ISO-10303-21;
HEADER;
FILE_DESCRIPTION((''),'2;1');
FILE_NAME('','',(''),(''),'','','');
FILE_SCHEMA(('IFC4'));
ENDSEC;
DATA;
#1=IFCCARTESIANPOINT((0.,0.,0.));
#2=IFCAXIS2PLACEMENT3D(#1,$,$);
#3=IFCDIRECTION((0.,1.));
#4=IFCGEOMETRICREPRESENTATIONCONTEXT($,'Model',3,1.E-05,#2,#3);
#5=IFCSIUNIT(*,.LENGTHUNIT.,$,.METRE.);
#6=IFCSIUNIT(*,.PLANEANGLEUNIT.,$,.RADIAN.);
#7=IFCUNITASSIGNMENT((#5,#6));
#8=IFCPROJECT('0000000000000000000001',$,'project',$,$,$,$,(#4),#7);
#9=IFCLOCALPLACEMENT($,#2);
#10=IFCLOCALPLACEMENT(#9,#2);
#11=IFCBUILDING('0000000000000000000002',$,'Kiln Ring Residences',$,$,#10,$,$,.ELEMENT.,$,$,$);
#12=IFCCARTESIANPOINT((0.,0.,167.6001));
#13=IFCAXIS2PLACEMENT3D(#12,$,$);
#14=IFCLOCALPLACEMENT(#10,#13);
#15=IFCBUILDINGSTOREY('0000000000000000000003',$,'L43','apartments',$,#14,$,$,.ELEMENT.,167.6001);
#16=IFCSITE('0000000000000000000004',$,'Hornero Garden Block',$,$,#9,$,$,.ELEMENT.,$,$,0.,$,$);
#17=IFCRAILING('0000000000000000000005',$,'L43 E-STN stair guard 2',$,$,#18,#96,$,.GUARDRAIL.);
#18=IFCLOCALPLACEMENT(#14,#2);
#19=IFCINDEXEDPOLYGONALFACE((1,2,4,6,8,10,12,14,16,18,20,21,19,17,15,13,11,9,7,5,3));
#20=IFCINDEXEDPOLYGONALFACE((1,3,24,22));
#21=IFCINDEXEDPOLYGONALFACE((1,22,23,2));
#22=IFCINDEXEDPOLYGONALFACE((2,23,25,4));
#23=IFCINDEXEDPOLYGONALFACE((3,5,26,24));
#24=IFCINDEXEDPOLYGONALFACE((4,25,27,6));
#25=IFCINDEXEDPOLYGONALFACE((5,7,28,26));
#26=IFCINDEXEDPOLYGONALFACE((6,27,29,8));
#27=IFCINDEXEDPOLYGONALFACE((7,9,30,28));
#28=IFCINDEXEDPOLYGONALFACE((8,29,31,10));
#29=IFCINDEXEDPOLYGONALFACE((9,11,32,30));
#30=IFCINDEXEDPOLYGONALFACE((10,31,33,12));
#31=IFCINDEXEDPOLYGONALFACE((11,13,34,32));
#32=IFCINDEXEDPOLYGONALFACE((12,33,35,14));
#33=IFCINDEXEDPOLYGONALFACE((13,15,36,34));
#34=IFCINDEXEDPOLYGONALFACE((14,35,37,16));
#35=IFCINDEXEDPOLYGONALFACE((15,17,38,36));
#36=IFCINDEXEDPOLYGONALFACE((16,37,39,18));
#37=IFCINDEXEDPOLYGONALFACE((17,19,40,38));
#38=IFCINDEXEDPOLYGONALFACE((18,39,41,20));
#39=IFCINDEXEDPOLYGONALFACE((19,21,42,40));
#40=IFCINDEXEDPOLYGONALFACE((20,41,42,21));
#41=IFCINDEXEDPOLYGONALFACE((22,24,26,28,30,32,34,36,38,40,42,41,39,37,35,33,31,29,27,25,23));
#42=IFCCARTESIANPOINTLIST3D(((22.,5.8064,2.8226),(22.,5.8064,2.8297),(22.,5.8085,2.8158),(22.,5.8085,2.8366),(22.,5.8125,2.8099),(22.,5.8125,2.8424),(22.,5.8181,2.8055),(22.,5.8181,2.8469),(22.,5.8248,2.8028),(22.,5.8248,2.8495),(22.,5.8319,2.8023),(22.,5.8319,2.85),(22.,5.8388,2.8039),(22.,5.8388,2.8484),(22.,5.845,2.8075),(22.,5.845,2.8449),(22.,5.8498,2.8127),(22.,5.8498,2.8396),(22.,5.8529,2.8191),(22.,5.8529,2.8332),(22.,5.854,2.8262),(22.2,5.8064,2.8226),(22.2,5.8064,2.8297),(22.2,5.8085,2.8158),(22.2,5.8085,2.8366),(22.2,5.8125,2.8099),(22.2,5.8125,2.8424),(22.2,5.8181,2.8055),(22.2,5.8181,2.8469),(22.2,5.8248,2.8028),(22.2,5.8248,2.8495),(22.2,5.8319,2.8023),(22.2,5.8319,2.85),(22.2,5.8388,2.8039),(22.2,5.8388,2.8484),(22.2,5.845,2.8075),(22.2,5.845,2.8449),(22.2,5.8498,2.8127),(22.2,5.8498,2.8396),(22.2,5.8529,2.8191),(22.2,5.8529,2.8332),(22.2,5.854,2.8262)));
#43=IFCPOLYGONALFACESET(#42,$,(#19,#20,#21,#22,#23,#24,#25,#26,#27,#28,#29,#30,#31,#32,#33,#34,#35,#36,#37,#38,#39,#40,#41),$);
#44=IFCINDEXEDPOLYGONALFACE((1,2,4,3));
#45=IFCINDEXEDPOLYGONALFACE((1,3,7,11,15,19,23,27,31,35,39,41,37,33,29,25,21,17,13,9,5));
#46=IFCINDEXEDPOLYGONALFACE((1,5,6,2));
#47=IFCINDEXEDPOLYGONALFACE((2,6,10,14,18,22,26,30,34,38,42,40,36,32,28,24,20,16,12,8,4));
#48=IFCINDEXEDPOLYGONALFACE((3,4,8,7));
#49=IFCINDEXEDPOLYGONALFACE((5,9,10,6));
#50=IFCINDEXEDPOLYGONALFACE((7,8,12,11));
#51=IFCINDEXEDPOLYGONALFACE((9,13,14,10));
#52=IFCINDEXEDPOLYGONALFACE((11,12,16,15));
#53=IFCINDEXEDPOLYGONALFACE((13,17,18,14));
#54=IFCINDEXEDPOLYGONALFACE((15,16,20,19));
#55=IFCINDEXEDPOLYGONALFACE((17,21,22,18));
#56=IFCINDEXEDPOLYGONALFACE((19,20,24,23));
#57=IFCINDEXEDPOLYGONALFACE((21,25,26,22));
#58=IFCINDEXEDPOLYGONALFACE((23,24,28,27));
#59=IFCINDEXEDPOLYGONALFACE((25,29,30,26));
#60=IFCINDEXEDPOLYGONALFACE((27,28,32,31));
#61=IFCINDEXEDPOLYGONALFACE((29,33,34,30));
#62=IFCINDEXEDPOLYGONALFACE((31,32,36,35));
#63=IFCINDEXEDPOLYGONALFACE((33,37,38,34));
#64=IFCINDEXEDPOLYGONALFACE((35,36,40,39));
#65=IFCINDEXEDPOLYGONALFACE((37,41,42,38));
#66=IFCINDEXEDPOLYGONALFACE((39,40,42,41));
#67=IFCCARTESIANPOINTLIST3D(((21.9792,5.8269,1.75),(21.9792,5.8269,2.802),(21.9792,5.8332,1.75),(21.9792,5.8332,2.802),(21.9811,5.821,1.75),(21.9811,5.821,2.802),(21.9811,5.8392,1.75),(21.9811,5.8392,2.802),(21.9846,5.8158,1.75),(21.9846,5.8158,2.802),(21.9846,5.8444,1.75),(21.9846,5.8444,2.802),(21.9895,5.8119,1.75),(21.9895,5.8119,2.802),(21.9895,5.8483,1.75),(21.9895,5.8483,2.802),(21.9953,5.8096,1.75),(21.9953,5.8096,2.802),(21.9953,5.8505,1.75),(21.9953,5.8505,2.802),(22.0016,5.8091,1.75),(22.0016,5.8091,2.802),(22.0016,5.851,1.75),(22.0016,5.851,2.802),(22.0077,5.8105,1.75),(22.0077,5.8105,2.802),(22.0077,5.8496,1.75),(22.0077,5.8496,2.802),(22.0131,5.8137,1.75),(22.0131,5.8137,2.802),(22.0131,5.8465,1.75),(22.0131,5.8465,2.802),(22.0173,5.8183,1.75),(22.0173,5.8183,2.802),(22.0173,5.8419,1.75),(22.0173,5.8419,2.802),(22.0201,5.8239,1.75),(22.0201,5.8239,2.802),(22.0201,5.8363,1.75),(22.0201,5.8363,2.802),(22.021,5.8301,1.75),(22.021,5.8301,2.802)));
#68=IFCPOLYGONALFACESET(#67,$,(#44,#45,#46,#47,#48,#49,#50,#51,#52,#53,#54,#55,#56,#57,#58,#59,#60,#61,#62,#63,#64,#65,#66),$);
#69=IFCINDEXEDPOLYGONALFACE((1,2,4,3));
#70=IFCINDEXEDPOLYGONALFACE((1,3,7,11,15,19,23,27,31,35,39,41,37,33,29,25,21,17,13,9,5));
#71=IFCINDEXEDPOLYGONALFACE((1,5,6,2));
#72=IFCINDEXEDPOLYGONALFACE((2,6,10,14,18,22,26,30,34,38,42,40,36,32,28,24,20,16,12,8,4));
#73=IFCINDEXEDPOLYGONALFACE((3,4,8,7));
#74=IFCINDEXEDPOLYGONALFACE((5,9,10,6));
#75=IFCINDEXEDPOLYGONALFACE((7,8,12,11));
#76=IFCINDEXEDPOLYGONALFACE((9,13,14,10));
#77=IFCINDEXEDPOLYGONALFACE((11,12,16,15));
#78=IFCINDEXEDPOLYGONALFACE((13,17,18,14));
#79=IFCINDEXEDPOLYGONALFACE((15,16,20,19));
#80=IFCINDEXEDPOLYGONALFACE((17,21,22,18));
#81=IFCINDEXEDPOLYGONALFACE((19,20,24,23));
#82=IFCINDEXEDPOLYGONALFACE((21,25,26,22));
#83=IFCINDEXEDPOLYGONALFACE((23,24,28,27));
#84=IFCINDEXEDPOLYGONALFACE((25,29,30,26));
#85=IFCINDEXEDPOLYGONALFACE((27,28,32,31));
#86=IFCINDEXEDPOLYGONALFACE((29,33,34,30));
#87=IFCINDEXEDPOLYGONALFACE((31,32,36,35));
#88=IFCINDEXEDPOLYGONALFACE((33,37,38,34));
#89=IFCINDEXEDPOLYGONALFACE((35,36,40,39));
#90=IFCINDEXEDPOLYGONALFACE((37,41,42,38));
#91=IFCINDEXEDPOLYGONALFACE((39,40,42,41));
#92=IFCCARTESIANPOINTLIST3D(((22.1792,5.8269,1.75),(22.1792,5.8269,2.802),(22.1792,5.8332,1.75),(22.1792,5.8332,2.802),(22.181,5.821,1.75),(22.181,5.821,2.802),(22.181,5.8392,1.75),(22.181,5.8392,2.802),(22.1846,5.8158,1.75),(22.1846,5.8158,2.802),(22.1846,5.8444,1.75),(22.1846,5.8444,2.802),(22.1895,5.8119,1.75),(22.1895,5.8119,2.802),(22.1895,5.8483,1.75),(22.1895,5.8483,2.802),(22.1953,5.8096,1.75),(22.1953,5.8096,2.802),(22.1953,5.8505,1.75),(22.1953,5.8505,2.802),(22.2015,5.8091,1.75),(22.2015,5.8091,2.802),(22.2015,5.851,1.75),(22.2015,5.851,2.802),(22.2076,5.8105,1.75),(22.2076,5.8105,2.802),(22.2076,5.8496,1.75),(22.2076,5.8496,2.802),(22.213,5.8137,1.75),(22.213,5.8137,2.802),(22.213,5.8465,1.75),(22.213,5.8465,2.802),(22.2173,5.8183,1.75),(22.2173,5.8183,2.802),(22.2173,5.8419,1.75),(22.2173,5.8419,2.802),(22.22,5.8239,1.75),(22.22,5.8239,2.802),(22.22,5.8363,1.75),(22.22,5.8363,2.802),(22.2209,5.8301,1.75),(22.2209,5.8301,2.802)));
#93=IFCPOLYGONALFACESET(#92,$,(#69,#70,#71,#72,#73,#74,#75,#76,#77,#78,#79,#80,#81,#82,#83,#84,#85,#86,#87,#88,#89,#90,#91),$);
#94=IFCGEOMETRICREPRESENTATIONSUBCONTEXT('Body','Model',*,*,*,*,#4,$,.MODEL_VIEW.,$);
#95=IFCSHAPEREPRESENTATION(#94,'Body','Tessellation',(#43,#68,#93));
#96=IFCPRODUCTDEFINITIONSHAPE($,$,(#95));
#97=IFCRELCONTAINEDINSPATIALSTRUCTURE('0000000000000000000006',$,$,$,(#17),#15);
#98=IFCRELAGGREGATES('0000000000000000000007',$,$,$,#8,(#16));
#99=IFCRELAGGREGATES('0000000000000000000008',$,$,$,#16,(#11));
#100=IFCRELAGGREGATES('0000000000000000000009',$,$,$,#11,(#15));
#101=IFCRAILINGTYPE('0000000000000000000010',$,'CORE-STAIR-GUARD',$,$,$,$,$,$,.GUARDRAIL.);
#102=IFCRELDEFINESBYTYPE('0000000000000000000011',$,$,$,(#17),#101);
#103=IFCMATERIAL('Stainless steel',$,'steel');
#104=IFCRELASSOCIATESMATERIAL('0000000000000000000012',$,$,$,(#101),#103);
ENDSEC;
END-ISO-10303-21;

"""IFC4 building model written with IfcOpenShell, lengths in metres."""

from ifc_helpers import new_model, si_unit, direction, frame, origin, origin_2d, place, context, subcontext, project, spatial, circle, extrude, material, type_object, element, save


model = new_model("IFC4")

# Units and contexts
model_context = context("Model", 3, precision=1e-05, world=origin(), true_north=direction((0.0, 1.0)))
body_context = subcontext(model_context, "Body", "Model", "MODEL_VIEW")
ifc_project = project(units=[si_unit("LENGTHUNIT", "METRE"), si_unit("PLANEANGLEUNIT", "RADIAN")], contexts=[model_context])

# Site, building, storey
site_placement = place(None, origin())
site = spatial("IfcSite", under=ifc_project, at=site_placement, Name="Hornero Garden Block", CompositionType="ELEMENT", RefElevation=0.0)
building_placement = place(site_placement, origin())
building = spatial("IfcBuilding", under=site, at=building_placement, Name="Kiln Ring Residences", CompositionType="ELEMENT")
storey_placement = place(building_placement, frame((0.0, 0.0, 167.6001)))
storey = spatial("IfcBuildingStorey", under=building, at=storey_placement, Name="L43", Description="apartments", CompositionType="ELEMENT", Elevation=167.6001)

# Railing
ifc_material_1 = material(Name="Stainless steel", Category="steel")
railing_type_1 = type_object("IfcRailingType", Name="CORE-STAIR-GUARD", PredefinedType="GUARDRAIL", material=ifc_material_1)
railing_1_placement = place(storey_placement, frame((22.0, 5.8301, 1.75)))
element("IfcRailing", 1, at=railing_1_placement, inside=storey, type_object=railing_type_1, Name="L43 E-STN stair guard 2", PredefinedType="GUARDRAIL", context=body_context, shape_type="SweptSolid", body=[
    extrude(circle(Radius=0.0239, at=origin_2d()), frame((0.0, 0.0, 1.0762), z_axis=(1.0, 0.0, 0.0), x_axis=(0.0, 1.0, 0.0)), (0.0, 0.0, 1.0), 0.2),
    extrude(circle(Radius=0.021, at=origin_2d()), origin(), (0.0, 0.0, 1.0), 1.052),
    extrude(circle(Radius=0.021, at=origin_2d()), frame((0.2, 0.0, 0.0)), (0.0, 0.0, 1.0), 1.052),
])

save(model, "model.ifc")
